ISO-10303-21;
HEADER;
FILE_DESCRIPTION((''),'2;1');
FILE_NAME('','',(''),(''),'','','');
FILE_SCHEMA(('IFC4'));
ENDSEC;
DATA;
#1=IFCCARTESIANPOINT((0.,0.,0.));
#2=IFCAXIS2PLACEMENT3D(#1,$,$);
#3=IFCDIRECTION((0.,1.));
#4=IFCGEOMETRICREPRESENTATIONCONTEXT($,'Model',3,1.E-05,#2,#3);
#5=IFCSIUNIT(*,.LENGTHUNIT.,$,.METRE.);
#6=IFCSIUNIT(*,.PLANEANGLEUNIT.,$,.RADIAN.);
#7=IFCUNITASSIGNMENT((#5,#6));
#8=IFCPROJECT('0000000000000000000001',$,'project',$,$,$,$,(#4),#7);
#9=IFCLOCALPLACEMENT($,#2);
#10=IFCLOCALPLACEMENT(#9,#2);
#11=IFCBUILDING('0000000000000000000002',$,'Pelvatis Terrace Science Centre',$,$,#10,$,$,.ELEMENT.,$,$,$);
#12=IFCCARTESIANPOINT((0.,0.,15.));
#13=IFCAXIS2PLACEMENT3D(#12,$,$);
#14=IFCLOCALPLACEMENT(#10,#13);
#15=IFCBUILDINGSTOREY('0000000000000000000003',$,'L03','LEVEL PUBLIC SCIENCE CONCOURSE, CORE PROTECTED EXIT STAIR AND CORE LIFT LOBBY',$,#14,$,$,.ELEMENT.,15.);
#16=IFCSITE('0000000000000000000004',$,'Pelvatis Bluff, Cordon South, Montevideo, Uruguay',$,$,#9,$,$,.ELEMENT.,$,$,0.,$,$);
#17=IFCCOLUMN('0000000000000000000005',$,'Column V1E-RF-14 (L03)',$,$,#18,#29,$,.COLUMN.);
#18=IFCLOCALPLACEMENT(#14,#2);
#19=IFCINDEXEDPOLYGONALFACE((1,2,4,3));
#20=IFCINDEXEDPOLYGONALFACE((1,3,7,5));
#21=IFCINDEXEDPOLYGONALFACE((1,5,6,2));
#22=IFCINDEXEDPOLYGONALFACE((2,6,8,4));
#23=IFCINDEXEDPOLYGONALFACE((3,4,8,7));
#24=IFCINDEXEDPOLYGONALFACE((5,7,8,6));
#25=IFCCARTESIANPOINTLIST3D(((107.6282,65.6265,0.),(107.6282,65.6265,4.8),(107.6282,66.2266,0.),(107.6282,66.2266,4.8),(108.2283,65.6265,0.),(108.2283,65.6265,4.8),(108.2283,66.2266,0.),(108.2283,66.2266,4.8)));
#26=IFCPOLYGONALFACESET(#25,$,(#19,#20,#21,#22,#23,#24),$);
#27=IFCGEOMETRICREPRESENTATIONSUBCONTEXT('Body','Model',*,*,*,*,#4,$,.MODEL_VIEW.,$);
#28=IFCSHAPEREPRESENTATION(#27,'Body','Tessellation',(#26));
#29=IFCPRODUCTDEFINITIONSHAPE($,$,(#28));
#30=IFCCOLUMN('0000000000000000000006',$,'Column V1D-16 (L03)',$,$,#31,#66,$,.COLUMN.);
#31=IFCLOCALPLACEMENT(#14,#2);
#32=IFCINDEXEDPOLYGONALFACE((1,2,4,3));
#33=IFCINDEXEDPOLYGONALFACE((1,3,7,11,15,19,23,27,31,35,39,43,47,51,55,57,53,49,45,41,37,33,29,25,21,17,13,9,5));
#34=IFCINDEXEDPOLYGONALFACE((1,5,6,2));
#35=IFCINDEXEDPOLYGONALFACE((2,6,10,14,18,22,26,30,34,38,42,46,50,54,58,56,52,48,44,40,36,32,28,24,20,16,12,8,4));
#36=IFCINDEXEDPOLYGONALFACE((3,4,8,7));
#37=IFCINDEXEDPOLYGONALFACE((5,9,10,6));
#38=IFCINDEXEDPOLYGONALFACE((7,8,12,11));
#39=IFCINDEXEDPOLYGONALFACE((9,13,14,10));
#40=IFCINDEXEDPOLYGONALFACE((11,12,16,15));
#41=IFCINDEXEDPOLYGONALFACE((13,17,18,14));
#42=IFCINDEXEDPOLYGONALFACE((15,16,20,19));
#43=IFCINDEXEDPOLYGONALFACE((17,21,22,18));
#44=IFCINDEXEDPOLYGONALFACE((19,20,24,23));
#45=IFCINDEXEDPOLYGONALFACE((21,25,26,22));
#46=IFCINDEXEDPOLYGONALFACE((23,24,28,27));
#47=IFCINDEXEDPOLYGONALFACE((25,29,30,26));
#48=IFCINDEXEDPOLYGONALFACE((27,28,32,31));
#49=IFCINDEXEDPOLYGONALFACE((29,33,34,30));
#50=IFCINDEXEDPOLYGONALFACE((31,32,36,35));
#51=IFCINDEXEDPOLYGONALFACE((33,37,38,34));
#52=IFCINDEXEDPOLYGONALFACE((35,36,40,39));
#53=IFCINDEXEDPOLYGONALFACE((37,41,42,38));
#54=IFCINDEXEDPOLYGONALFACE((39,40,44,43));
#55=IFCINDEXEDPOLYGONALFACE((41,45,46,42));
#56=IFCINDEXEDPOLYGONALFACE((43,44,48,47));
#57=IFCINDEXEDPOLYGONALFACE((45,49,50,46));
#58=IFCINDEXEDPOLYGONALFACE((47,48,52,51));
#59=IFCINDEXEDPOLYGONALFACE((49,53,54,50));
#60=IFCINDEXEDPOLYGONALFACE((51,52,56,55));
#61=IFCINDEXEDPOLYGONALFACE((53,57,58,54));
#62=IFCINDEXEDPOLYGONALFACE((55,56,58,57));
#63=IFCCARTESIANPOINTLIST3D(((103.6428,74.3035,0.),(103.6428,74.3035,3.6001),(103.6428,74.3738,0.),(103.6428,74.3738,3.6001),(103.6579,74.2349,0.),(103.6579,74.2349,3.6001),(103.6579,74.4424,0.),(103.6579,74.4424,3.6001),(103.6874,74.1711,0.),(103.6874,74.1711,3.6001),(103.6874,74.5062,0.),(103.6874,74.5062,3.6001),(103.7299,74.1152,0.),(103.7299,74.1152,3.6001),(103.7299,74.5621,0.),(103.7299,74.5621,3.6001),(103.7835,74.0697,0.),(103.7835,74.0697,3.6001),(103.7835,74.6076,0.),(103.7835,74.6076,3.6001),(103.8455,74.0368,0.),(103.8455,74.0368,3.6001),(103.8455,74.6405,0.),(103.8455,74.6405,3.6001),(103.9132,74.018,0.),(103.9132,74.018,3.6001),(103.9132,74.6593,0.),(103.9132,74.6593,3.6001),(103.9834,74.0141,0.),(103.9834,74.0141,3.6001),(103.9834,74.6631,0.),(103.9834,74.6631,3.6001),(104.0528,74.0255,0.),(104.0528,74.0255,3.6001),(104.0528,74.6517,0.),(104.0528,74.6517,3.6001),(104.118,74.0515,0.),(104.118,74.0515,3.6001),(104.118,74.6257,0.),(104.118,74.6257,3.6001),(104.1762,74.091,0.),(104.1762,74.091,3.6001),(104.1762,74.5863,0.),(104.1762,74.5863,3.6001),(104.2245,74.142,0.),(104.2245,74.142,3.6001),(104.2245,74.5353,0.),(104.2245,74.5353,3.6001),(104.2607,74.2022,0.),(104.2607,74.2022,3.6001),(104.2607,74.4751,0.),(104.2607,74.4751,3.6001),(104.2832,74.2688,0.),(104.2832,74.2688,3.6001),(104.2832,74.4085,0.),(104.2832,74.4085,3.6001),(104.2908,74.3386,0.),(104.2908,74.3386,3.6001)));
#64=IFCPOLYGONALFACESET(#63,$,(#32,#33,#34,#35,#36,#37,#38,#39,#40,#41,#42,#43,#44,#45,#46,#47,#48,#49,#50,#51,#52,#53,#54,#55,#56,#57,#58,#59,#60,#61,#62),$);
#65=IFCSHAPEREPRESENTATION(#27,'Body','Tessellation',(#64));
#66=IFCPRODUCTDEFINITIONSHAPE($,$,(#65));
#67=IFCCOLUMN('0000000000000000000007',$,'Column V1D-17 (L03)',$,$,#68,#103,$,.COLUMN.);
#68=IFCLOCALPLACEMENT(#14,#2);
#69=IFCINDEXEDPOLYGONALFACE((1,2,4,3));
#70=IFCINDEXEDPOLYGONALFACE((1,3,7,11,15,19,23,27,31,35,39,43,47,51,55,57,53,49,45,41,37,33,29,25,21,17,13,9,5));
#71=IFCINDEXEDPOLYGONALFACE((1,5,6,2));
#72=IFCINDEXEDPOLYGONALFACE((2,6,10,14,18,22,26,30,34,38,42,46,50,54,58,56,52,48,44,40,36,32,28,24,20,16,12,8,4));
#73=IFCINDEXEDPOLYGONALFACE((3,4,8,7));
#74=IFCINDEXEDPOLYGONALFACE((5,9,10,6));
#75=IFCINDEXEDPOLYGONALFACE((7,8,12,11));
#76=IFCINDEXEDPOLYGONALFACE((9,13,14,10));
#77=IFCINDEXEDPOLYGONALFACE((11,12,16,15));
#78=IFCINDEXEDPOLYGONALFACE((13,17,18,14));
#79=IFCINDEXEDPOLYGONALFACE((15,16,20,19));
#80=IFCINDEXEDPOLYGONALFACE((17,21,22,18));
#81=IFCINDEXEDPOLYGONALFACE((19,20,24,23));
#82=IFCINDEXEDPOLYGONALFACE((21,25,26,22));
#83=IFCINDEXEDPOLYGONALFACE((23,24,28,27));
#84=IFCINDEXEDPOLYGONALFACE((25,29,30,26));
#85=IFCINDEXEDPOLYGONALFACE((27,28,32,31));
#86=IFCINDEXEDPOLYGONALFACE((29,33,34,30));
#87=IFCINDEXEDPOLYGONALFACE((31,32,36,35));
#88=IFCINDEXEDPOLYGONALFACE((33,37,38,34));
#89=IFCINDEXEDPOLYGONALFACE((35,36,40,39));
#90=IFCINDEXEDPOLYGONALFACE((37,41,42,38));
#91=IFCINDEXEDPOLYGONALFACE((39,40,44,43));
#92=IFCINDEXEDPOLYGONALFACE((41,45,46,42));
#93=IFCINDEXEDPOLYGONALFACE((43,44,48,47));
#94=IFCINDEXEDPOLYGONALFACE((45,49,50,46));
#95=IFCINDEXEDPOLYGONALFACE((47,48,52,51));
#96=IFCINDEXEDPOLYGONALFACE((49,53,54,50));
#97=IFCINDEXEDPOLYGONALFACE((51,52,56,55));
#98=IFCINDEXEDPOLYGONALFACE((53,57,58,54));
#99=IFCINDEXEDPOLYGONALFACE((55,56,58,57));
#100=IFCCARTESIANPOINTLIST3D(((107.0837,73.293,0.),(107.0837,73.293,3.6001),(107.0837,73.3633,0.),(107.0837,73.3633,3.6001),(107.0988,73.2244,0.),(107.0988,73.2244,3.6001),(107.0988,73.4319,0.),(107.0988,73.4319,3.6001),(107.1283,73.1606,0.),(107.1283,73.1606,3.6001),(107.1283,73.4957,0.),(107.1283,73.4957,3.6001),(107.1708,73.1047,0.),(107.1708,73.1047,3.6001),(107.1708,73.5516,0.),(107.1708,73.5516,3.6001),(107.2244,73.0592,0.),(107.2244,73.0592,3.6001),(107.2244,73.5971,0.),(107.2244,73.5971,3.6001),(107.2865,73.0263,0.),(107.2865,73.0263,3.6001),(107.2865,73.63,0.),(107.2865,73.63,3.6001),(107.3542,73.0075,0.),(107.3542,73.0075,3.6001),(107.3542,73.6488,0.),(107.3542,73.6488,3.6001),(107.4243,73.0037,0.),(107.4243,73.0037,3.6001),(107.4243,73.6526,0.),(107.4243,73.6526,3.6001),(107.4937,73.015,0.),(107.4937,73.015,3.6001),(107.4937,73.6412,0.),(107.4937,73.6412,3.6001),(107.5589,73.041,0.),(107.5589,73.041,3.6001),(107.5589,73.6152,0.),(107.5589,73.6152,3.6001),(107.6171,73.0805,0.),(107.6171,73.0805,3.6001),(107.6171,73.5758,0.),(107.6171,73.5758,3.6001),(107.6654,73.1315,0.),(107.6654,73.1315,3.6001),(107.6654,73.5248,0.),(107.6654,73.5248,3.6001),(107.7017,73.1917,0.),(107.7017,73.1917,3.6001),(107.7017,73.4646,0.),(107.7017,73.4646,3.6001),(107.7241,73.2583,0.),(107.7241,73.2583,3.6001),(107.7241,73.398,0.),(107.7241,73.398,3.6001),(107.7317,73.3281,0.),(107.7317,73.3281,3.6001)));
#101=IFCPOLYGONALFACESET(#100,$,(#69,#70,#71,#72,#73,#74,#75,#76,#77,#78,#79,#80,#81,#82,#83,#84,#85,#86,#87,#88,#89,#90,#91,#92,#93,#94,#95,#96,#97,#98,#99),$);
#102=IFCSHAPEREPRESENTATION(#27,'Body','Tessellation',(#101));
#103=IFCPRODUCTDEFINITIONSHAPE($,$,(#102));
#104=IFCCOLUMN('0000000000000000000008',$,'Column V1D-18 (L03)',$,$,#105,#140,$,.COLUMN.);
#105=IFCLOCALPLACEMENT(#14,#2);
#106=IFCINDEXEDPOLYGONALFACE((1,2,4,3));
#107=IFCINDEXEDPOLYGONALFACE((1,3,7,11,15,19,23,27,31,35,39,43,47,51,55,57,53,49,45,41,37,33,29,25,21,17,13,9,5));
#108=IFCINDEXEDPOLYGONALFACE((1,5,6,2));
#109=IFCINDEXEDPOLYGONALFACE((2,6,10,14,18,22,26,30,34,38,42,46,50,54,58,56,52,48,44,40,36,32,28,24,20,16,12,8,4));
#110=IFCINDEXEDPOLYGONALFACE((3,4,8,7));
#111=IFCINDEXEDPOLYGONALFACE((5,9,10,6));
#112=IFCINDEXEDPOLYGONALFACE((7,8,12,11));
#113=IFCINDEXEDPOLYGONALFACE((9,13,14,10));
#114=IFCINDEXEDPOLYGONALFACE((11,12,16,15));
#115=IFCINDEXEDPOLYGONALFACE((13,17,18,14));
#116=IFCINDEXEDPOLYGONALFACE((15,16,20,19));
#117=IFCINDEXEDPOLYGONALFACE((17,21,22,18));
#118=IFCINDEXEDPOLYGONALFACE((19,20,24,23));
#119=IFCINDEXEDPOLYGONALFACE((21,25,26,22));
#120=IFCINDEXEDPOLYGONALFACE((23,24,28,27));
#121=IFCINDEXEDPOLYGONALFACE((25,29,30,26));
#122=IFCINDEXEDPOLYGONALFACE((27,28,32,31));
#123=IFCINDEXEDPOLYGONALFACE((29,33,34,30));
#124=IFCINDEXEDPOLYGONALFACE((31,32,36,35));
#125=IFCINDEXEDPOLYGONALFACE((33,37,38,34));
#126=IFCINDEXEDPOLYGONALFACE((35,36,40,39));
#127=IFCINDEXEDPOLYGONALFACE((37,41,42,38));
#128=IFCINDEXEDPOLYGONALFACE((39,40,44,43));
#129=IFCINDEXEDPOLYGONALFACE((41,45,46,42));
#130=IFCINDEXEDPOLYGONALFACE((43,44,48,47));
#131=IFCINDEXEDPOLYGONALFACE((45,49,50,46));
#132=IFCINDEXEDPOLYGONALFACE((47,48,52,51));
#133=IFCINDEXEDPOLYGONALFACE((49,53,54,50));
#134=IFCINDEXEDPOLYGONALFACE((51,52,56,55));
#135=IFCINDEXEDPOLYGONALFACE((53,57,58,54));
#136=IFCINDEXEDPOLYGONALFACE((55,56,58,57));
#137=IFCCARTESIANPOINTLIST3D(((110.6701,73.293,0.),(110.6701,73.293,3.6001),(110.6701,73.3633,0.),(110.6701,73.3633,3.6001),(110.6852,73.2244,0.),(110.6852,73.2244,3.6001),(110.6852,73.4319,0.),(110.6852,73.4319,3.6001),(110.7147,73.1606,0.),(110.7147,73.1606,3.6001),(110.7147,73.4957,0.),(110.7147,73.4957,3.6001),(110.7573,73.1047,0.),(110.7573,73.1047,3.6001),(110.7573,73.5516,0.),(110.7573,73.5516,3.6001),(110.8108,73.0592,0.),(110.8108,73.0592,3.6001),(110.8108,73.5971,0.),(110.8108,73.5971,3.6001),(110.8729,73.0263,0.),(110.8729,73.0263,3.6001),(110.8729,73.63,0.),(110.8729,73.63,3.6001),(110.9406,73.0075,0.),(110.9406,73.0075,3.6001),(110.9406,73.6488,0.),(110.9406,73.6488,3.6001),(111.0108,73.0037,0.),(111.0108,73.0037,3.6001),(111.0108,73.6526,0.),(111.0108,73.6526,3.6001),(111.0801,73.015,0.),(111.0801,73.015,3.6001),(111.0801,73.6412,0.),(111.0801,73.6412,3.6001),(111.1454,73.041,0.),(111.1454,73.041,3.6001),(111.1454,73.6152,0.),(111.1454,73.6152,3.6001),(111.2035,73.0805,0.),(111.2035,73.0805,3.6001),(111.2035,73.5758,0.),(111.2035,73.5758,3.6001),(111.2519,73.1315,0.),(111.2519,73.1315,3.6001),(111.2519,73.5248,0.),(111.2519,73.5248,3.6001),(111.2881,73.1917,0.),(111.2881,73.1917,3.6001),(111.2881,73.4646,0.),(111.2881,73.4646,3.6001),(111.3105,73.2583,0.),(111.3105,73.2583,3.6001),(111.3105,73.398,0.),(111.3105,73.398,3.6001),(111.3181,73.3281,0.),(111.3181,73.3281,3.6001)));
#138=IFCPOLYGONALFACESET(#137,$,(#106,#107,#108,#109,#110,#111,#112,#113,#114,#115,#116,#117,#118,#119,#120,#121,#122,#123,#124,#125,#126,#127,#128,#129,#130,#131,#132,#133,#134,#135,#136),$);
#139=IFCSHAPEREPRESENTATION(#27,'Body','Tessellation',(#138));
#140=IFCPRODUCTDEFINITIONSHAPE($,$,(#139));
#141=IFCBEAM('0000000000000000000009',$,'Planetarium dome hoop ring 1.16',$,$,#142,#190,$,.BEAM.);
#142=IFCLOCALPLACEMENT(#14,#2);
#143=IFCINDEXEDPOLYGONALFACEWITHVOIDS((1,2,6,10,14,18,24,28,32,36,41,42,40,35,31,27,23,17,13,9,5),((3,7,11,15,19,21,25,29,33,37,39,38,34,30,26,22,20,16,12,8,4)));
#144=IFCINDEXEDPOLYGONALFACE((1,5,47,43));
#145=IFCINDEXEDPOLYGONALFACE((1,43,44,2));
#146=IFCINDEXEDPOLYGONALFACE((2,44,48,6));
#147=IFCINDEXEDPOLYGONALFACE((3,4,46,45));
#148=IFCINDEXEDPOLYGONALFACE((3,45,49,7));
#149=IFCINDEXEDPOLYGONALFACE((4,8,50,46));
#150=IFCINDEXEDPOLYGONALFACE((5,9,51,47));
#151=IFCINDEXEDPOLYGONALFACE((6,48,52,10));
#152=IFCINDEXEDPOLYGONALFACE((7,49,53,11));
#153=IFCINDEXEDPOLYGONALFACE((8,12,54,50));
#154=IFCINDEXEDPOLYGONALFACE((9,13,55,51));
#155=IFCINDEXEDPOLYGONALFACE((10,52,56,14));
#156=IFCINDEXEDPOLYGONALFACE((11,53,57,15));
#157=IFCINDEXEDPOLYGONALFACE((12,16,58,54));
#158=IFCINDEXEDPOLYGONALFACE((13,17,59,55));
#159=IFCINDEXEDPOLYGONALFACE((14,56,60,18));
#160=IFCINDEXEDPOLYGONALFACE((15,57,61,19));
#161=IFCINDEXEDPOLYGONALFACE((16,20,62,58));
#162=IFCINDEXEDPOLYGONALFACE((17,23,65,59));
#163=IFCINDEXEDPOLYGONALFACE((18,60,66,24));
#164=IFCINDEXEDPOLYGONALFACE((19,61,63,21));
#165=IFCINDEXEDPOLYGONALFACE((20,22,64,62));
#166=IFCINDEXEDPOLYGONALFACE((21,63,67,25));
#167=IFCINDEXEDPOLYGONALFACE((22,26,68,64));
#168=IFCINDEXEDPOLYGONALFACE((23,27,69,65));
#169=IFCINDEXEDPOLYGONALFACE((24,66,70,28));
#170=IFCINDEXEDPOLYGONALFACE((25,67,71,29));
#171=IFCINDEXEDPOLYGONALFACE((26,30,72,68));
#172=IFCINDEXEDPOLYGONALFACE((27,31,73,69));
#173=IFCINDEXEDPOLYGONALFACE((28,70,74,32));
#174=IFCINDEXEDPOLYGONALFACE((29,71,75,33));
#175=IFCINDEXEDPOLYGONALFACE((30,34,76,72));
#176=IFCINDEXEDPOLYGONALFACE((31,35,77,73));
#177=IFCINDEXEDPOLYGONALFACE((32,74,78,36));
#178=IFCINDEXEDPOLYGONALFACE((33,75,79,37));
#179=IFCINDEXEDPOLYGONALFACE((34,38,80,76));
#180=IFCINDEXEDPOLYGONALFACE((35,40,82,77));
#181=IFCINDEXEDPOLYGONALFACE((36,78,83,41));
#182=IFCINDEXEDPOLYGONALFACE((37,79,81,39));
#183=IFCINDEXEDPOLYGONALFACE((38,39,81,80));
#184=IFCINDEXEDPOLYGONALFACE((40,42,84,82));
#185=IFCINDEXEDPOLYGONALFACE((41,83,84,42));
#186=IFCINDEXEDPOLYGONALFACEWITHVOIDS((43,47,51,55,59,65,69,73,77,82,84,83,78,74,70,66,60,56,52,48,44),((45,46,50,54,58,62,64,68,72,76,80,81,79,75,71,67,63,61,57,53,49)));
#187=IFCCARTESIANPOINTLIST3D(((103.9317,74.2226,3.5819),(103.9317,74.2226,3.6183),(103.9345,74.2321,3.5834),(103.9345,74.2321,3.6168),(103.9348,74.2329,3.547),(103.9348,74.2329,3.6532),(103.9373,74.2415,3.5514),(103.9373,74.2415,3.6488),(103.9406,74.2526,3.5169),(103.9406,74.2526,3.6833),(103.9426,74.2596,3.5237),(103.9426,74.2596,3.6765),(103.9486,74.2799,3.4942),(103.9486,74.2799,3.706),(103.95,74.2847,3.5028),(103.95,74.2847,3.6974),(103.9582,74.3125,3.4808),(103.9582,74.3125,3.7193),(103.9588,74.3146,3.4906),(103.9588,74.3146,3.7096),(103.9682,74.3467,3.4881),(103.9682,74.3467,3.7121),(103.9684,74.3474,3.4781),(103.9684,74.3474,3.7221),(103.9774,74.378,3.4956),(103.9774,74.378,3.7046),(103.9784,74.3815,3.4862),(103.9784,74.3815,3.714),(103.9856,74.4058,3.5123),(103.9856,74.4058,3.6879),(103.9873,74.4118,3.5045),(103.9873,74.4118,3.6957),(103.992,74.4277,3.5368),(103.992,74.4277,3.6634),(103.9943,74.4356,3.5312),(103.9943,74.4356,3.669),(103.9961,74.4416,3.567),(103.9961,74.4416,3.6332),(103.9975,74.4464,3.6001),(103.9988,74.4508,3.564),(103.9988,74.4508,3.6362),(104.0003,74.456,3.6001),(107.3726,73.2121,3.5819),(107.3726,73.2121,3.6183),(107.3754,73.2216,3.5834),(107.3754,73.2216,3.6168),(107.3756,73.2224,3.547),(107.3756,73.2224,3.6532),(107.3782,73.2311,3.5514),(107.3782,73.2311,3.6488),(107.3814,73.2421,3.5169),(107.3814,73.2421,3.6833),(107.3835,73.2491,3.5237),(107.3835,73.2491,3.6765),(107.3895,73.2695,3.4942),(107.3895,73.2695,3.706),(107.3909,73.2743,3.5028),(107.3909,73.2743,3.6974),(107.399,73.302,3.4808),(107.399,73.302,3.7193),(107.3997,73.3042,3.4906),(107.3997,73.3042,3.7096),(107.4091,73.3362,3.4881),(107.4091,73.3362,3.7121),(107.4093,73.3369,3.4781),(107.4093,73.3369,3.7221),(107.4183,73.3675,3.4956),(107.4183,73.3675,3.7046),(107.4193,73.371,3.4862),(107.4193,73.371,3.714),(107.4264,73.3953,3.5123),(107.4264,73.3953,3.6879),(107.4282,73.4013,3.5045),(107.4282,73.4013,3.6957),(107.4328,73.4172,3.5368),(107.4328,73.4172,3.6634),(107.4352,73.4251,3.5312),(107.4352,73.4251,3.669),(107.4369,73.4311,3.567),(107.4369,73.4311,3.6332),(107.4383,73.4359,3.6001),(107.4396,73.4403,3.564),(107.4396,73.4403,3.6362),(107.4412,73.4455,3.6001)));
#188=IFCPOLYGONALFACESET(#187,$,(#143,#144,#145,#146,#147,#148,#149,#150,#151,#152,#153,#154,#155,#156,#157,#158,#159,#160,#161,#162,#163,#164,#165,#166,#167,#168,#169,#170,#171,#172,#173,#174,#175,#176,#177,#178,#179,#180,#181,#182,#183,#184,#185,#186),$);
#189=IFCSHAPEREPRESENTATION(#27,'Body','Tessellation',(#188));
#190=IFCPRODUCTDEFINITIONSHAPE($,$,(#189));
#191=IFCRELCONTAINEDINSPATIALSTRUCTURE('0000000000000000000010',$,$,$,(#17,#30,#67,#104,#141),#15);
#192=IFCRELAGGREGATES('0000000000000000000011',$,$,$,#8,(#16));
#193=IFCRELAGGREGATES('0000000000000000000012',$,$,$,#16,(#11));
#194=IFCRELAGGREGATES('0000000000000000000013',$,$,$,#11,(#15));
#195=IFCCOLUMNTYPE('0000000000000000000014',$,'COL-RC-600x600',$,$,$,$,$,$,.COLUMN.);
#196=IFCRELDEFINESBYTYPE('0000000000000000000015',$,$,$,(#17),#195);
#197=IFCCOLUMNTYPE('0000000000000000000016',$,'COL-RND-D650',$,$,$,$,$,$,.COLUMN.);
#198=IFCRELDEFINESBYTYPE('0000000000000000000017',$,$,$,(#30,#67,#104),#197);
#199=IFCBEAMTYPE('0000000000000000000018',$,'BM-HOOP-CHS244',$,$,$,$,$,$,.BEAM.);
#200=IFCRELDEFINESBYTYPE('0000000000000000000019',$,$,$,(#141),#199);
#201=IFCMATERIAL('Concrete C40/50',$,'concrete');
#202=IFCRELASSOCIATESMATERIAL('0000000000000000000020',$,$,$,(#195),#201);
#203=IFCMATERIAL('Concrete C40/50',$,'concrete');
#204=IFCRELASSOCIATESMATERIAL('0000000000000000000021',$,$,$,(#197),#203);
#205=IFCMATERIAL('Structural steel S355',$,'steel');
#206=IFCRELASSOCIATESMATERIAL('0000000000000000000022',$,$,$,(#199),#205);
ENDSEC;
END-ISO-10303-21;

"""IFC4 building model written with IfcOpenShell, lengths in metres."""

from ifc_helpers import new_model, si_unit, direction, frame, origin, origin_2d, place, context, subcontext, project, spatial, rectangle, circle, hollow_circle, extrude, material, material_profile, profile_set, type_object, element, save


model = new_model("IFC4")

# Units and contexts
model_context = context("Model", 3, precision=1e-05, world=origin(), true_north=direction((0.0, 1.0)))
body_context = subcontext(model_context, "Body", "Model", "MODEL_VIEW")
ifc_project = project(units=[si_unit("LENGTHUNIT", "METRE"), si_unit("PLANEANGLEUNIT", "RADIAN")], contexts=[model_context])

# Site, building, storey
site_placement = place(None, origin())
site = spatial("IfcSite", under=ifc_project, at=site_placement, Name="Pelvatis Bluff, Cordon South, Montevideo, Uruguay", CompositionType="ELEMENT", RefElevation=0.0)
building_placement = place(site_placement, origin())
building = spatial("IfcBuilding", under=site, at=building_placement, Name="Pelvatis Terrace Science Centre", CompositionType="ELEMENT")
storey_placement = place(building_placement, frame((0.0, 0.0, 15.0)))
storey = spatial("IfcBuildingStorey", under=building, at=storey_placement, Name="L03", Description="LEVEL PUBLIC SCIENCE CONCOURSE, CORE PROTECTED EXIT STAIR AND CORE LIFT LOBBY", CompositionType="ELEMENT", Elevation=15.0)

# Columns
ifc_material_1 = material(Name="Concrete C40/50", Category="concrete")
ifc_material_profile_1 = material_profile(ifc_material_1, rectangle(XDim=0.6001, YDim=0.6001, at=origin_2d()), Name="RC-COL 600x600")
ifc_profile_set_1 = profile_set([ifc_material_profile_1], Name="Concrete C40/50")
column_type_1 = type_object("IfcColumnType", Name="COL-RC-600x600", PredefinedType="COLUMN", material=ifc_profile_set_1)
column_placement = place(storey_placement, frame((107.9282, 65.9265, 0.0), z_axis=(0.0, 0.0, 1.0), x_axis=(1.0, 0.0, 0.0)))
element("IfcColumn", 1, at=column_placement, inside=storey, type_object=column_type_1, Name="Column V1E-RF-14 (L03)", PredefinedType="COLUMN", context=body_context, shape_type="SweptSolid", body=[
    extrude(rectangle(XDim=0.6001, YDim=0.6001, at=origin_2d()), origin(), (0.0, 0.0, 1.0), 4.8),
])
ifc_material_2 = material(Name="Concrete C40/50", Category="concrete")
ifc_material_profile_2 = material_profile(ifc_material_2, circle(Radius=0.325, at=origin_2d()), Name="RC-RCOL D650")
ifc_profile_set_2 = profile_set([ifc_material_profile_2], Name="Concrete C40/50")
column_type_2 = type_object("IfcColumnType", Name="COL-RND-D650", PredefinedType="COLUMN", material=ifc_profile_set_2)
for number, where, z_axis, x_axis, name in (
    (2, (103.9658, 74.3386, 0.0), (0.0, 0.0, 1.0), (1.0, 0.0, 0.0), "Column V1D-16 (L03)"),
    (3, (107.4067, 73.3281, 0.0), (0.0, 0.0, 1.0), (1.0, 0.0, 0.0), "Column V1D-17 (L03)"),
    (4, (110.9932, 73.3281, 0.0), (0.0, 0.0, 1.0), (1.0, 0.0, 0.0), "Column V1D-18 (L03)"),
):
    element("IfcColumn", number, at=place(storey_placement, frame(where, z_axis=z_axis, x_axis=x_axis)), inside=storey, type_object=column_type_2, Name=name, PredefinedType="COLUMN", context=body_context, shape_type="SweptSolid", body=[
        extrude(circle(Radius=0.325, at=origin_2d()), origin(), (0.0, 0.0, 1.0), 3.6001),
    ])

# Beam
ifc_material_3 = material(Name="Structural steel S355", Category="steel")
ifc_material_profile_3 = material_profile(ifc_material_3, hollow_circle(Radius=0.1223, WallThickness=0.01, at=origin_2d()), Name="CHS 244.5x10.0")
ifc_profile_set_3 = profile_set([ifc_material_profile_3], Name="Structural steel S355")
beam_type_1 = type_object("IfcBeamType", Name="BM-HOOP-CHS244", PredefinedType="BEAM", material=ifc_profile_set_3)
beam_1_placement = place(storey_placement, frame((103.9658, 74.3386, 3.6001), z_axis=(0.959481, -0.281772, 0.0), x_axis=(0.281772, 0.959481, 0.0)))
element("IfcBeam", 5, at=beam_1_placement, inside=storey, type_object=beam_type_1, Name="Planetarium dome hoop ring 1.16", PredefinedType="BEAM", context=body_context, shape_type="SweptSolid", body=[
    extrude(hollow_circle(Radius=0.1223, WallThickness=0.01, at=origin_2d()), origin(), (0.0, 0.0, 1.0), 3.5862),
])

save(model, "model.ifc")
